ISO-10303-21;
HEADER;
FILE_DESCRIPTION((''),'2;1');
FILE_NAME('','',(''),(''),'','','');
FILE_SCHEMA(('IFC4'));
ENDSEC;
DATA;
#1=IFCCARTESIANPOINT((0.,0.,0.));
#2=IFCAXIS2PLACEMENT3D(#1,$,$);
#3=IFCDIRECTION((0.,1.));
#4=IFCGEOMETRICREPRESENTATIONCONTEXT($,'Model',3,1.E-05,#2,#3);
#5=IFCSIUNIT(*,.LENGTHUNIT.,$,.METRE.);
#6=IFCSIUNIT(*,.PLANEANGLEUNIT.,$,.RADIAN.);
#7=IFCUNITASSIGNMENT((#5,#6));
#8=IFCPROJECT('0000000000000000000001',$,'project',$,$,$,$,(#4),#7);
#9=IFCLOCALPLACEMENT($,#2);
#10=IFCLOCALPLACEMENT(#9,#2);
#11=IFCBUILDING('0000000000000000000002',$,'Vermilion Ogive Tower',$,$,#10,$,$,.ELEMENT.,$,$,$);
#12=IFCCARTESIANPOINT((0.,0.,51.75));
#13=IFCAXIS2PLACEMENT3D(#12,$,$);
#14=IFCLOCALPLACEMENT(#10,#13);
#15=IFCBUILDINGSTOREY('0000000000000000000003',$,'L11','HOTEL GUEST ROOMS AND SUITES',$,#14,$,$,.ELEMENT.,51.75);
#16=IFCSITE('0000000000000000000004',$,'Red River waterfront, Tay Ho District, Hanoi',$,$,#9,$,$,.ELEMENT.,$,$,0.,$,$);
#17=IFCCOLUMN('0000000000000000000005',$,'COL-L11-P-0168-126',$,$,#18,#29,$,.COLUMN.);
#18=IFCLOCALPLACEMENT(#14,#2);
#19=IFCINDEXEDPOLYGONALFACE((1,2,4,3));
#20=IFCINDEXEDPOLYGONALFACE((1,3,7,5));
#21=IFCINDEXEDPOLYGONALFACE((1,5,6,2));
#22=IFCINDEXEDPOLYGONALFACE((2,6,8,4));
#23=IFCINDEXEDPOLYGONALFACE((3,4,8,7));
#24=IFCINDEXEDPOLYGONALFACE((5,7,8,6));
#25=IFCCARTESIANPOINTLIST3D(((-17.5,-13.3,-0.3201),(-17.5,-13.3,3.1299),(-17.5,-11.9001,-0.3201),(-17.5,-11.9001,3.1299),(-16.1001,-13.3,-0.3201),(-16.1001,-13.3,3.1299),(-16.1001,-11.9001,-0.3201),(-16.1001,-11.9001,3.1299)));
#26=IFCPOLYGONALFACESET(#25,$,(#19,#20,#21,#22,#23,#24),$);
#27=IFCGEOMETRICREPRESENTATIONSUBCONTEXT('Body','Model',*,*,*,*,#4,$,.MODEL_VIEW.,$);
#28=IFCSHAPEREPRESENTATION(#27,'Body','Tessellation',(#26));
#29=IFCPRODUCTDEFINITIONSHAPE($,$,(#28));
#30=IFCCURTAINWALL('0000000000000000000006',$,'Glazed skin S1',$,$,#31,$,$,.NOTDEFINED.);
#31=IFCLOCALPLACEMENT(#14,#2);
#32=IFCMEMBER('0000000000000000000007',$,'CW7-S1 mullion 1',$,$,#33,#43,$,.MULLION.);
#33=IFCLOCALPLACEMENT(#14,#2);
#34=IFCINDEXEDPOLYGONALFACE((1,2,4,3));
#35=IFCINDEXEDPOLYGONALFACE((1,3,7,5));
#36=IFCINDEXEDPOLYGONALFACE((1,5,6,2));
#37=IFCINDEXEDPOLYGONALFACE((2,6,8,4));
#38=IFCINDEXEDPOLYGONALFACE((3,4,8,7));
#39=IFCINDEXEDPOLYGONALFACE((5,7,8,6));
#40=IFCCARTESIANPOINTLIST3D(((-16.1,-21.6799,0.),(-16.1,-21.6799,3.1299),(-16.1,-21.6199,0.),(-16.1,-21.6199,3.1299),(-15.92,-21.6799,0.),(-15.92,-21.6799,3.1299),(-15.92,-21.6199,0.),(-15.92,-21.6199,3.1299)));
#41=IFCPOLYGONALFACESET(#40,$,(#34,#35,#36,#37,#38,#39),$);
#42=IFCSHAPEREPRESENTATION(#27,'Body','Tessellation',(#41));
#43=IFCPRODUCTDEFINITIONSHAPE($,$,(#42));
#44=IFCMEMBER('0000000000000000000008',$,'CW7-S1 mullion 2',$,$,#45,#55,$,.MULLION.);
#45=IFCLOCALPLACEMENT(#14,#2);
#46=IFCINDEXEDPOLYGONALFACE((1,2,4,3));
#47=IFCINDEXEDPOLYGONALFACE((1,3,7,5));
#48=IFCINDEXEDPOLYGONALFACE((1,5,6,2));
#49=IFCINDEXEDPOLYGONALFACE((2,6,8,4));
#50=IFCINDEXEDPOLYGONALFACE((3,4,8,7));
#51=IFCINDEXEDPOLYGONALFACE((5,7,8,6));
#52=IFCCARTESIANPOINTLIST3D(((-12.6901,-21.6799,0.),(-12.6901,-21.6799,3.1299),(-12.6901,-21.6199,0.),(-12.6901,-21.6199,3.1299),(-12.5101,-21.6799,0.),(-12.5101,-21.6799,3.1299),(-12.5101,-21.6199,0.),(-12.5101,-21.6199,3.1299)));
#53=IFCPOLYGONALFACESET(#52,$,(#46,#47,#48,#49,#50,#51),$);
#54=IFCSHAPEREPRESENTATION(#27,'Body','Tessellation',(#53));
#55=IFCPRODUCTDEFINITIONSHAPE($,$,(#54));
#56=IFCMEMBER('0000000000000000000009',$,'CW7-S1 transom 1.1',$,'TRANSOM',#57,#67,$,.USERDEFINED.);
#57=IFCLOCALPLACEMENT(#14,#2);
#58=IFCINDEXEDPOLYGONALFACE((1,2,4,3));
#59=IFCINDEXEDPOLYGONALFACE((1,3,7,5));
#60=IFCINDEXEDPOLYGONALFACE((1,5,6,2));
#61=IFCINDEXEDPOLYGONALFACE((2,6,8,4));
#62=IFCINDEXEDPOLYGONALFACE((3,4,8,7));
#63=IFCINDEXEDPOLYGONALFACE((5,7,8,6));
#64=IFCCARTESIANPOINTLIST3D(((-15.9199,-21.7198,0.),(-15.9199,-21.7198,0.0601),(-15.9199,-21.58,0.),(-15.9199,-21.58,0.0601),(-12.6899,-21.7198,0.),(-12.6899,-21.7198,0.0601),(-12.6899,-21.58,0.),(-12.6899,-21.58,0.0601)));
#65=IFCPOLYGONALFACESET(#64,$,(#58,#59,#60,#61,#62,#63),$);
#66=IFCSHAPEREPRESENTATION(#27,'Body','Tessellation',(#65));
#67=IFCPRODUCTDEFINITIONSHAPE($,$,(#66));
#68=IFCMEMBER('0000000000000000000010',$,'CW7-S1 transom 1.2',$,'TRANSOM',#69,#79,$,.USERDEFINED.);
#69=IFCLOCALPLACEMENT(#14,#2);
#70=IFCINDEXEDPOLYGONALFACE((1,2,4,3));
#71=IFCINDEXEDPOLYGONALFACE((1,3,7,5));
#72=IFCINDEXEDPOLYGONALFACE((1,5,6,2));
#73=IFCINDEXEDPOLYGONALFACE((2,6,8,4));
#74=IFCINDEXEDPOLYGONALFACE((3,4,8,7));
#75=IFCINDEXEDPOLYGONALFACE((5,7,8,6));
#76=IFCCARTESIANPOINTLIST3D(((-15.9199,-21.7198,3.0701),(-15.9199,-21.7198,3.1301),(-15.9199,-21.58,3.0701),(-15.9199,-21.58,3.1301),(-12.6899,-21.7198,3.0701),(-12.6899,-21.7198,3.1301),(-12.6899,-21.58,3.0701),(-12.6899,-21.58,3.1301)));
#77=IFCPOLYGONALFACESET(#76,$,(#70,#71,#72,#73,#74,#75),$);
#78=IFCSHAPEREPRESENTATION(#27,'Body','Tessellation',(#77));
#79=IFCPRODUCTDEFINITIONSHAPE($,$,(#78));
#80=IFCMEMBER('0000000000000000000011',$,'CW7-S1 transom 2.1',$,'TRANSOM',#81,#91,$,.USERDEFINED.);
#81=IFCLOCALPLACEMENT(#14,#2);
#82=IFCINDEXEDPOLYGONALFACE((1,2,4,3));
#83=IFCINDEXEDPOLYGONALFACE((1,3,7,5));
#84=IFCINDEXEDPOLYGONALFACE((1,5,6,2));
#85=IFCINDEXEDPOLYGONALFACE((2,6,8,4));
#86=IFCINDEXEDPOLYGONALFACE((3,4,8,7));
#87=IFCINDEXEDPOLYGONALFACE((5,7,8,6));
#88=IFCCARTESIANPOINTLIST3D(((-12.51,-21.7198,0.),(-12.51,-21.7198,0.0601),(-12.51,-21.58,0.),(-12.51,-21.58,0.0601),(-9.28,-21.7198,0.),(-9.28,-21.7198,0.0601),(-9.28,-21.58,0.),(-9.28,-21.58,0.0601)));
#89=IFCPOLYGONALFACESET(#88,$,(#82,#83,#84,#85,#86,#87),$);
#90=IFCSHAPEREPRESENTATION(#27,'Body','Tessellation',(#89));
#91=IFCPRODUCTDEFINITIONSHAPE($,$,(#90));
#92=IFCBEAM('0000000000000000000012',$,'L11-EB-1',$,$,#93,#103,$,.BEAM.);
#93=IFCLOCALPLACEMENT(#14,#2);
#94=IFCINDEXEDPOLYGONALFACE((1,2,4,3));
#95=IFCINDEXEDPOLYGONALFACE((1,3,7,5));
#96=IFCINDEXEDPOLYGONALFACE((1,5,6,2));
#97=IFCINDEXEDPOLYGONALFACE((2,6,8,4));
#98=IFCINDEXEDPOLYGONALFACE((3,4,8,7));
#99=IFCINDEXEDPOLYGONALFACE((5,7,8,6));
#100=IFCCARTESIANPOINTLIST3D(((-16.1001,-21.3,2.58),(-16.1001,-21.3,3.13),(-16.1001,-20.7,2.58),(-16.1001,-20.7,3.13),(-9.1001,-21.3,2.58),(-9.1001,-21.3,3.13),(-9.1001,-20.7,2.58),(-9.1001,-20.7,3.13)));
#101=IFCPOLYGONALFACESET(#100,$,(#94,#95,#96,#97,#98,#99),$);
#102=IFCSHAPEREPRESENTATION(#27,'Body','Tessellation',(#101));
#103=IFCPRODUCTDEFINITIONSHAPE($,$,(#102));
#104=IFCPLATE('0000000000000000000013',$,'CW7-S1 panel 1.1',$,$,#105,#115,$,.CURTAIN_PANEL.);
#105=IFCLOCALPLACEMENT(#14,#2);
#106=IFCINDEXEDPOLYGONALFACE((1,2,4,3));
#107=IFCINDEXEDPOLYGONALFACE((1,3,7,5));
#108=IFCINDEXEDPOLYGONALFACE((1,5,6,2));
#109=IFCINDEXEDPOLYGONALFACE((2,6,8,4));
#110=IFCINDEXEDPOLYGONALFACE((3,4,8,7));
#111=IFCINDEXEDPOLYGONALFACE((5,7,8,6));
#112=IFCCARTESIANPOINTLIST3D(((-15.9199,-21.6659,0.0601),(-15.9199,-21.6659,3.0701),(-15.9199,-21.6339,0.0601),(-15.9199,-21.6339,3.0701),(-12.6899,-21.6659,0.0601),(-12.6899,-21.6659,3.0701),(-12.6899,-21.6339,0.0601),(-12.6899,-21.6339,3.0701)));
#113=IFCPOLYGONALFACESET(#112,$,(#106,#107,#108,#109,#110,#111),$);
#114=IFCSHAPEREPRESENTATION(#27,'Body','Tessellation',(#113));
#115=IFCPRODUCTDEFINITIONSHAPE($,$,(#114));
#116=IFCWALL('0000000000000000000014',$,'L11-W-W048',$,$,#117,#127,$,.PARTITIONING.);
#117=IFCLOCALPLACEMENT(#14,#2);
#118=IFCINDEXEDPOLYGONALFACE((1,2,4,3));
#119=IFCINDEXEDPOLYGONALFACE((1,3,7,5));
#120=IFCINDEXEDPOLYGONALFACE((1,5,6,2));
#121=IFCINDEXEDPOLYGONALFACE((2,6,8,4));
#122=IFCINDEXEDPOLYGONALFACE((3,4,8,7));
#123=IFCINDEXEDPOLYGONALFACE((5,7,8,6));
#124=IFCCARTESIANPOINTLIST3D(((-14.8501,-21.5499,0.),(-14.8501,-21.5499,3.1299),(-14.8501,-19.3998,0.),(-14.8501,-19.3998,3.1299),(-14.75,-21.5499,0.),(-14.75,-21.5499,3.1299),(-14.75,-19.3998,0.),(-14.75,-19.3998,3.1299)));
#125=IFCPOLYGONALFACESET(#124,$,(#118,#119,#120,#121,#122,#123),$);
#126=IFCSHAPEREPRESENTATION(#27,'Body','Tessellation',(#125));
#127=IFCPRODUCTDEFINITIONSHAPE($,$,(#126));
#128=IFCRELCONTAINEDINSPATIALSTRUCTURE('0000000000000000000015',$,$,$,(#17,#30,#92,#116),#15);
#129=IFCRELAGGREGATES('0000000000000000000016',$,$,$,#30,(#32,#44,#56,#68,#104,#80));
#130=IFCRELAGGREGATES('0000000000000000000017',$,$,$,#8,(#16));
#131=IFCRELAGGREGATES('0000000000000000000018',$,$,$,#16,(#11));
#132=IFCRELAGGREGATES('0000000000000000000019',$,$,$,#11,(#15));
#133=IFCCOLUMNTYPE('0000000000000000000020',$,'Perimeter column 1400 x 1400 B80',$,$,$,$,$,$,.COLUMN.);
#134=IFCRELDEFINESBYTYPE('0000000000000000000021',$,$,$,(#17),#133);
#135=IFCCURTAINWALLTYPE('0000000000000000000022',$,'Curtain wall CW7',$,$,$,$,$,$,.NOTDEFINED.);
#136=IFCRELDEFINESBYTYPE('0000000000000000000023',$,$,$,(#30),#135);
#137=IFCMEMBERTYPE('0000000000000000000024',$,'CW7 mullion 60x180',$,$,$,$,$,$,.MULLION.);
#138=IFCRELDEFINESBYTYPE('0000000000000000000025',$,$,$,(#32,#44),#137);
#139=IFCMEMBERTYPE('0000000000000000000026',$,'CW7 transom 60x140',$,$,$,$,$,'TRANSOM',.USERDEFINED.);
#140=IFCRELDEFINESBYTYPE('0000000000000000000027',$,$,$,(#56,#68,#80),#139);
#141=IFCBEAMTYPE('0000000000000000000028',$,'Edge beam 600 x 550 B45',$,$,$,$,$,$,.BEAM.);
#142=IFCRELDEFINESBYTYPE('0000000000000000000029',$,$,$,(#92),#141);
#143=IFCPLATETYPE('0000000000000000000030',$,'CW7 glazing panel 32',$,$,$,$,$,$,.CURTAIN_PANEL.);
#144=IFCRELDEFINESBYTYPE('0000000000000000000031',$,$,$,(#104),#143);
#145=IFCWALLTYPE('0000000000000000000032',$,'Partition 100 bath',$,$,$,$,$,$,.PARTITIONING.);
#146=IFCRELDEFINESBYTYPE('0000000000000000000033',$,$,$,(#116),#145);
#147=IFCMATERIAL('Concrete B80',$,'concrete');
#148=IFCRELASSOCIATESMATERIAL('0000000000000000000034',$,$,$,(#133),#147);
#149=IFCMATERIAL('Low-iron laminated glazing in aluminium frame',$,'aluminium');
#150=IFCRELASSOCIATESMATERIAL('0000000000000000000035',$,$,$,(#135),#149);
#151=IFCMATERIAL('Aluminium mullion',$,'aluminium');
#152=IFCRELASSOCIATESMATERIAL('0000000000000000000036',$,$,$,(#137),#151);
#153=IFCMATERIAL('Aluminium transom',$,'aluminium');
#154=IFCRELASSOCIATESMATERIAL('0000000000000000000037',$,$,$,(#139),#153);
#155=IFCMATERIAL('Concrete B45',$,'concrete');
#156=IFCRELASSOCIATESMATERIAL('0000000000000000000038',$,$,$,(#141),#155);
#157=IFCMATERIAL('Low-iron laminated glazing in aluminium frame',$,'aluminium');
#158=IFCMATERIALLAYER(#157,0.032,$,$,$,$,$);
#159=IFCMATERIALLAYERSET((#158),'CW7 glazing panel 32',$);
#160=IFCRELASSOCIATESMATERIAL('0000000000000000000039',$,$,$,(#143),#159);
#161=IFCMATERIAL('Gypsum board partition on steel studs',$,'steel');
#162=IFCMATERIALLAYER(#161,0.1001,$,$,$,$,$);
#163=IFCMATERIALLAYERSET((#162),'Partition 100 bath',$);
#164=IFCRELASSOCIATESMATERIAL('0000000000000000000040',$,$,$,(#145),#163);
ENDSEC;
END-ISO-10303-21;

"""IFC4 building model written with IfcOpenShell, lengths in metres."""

from ifc_helpers import new_model, si_unit, direction, frame, frame_2d, origin, origin_2d, place, context, subcontext, project, spatial, rectangle, extrude, material, layer, layer_set, material_profile, profile_set, type_object, element, aggregate, save


model = new_model("IFC4")

# Units and contexts
model_context = context("Model", 3, precision=1e-05, world=origin(), true_north=direction((0.0, 1.0)))
body_context = subcontext(model_context, "Body", "Model", "MODEL_VIEW")
ifc_project = project(units=[si_unit("LENGTHUNIT", "METRE"), si_unit("PLANEANGLEUNIT", "RADIAN")], contexts=[model_context])

# Site, building, storey
site_placement = place(None, origin())
site = spatial("IfcSite", under=ifc_project, at=site_placement, Name="Red River waterfront, Tay Ho District, Hanoi", CompositionType="ELEMENT", RefElevation=0.0)
building_placement = place(site_placement, origin())
building = spatial("IfcBuilding", under=site, at=building_placement, Name="Vermilion Ogive Tower", CompositionType="ELEMENT")
storey_placement = place(building_placement, frame((0.0, 0.0, 51.75)))
storey = spatial("IfcBuildingStorey", under=building, at=storey_placement, Name="L11", Description="HOTEL GUEST ROOMS AND SUITES", CompositionType="ELEMENT", Elevation=51.75)

# Column
ifc_material_1 = material(Name="Concrete B80", Category="concrete")
ifc_material_profile_1 = material_profile(ifc_material_1, rectangle(XDim=1.3999, YDim=1.3999, at=origin_2d()), Name="1400 x 1400")
ifc_profile_set_1 = profile_set([ifc_material_profile_1], Name="Concrete B80")
column_type = type_object("IfcColumnType", Name="Perimeter column 1400 x 1400 B80", PredefinedType="COLUMN", material=ifc_profile_set_1)
column_placement = place(storey_placement, frame((-16.8, -12.6001, -0.3201), z_axis=(0.0, 0.0, 1.0), x_axis=(1.0, 0.0, 0.0)))
element("IfcColumn", 1, at=column_placement, inside=storey, type_object=column_type, Name="COL-L11-P-0168-126", PredefinedType="COLUMN", context=body_context, shape_type="SweptSolid", body=[
    extrude(rectangle(XDim=1.3999, YDim=1.3999, at=origin_2d()), origin(), (0.0, 0.0, 1.0), 3.45),
])

# Curtain wall, members
ifc_material_2 = material(Name="Low-iron laminated glazing in aluminium frame", Category="aluminium")
curtain_wall_type = type_object("IfcCurtainWallType", Name="Curtain wall CW7", PredefinedType="NOTDEFINED", material=ifc_material_2)
curtain_wall_placement = place(storey_placement, origin())
curtain_wall = element("IfcCurtainWall", 2, at=curtain_wall_placement, inside=storey, type_object=curtain_wall_type, Name="Glazed skin S1", PredefinedType="NOTDEFINED")
ifc_material_3 = material(Name="Aluminium mullion", Category="aluminium")
ifc_material_profile_2 = material_profile(ifc_material_3, rectangle(XDim=0.0601, YDim=0.1799, at=origin_2d()), Name="AL 60x180")
ifc_profile_set_2 = profile_set([ifc_material_profile_2], Name="Aluminium mullion")
member_type_1 = type_object("IfcMemberType", Name="CW7 mullion 60x180", PredefinedType="MULLION", material=ifc_profile_set_2)
member_1_placement = place(storey_placement, frame((-16.01, -21.6499, 0.0), z_axis=(0.0, 0.0, 1.0), x_axis=(0.0, 1.0, 0.0)))
member_1 = element("IfcMember", 3, at=member_1_placement, type_object=member_type_1, Name="CW7-S1 mullion 1", PredefinedType="MULLION", context=body_context, shape_type="SweptSolid", body=[
    extrude(rectangle(XDim=0.0601, YDim=0.1799, at=origin_2d()), origin(), (0.0, 0.0, 1.0), 3.1299),
])
member_2_placement = place(storey_placement, frame((-12.6001, -21.6499, 0.0), z_axis=(0.0, 0.0, 1.0), x_axis=(0.0, 1.0, 0.0)))
member_2 = element("IfcMember", 4, at=member_2_placement, type_object=member_type_1, Name="CW7-S1 mullion 2", PredefinedType="MULLION", context=body_context, shape_type="SweptSolid", body=[
    extrude(rectangle(XDim=0.0601, YDim=0.1799, at=origin_2d()), origin(), (0.0, 0.0, 1.0), 3.1299),
])
ifc_material_4 = material(Name="Aluminium transom", Category="aluminium")
ifc_material_profile_3 = material_profile(ifc_material_4, rectangle(XDim=0.1399, YDim=0.0601, at=origin_2d()), Name="AL 60x140")
ifc_profile_set_3 = profile_set([ifc_material_profile_3], Name="Aluminium transom")
member_type_2 = type_object("IfcMemberType", Name="CW7 transom 60x140", ElementType="TRANSOM", PredefinedType="USERDEFINED", material=ifc_profile_set_3)
member_3_placement = place(storey_placement, frame((-15.9199, -21.6499, 0.03), z_axis=(1.0, 0.0, 0.0), x_axis=(0.0, 1.0, 0.0)))
member_3 = element("IfcMember", 5, at=member_3_placement, type_object=member_type_2, Name="CW7-S1 transom 1.1", ObjectType="TRANSOM", PredefinedType="USERDEFINED", context=body_context, shape_type="SweptSolid", body=[
    extrude(rectangle(XDim=0.1399, YDim=0.0601, at=origin_2d()), origin(), (0.0, 0.0, 1.0), 3.23),
])
member_4_placement = place(storey_placement, frame((-15.9199, -21.6499, 3.1001), z_axis=(1.0, 0.0, 0.0), x_axis=(0.0, 1.0, 0.0)))
member_4 = element("IfcMember", 6, at=member_4_placement, type_object=member_type_2, Name="CW7-S1 transom 1.2", ObjectType="TRANSOM", PredefinedType="USERDEFINED", context=body_context, shape_type="SweptSolid", body=[
    extrude(rectangle(XDim=0.1399, YDim=0.0601, at=origin_2d()), origin(), (0.0, 0.0, 1.0), 3.23),
])
member_5_placement = place(storey_placement, frame((-12.51, -21.6499, 0.03), z_axis=(1.0, 0.0, 0.0), x_axis=(0.0, 1.0, 0.0)))
member_5 = element("IfcMember", 7, at=member_5_placement, type_object=member_type_2, Name="CW7-S1 transom 2.1", ObjectType="TRANSOM", PredefinedType="USERDEFINED", context=body_context, shape_type="SweptSolid", body=[
    extrude(rectangle(XDim=0.1399, YDim=0.0601, at=origin_2d()), origin(), (0.0, 0.0, 1.0), 3.23),
])

# Beam
ifc_material_5 = material(Name="Concrete B45", Category="concrete")
ifc_material_profile_4 = material_profile(ifc_material_5, rectangle(XDim=0.6001, YDim=0.55, at=origin_2d()), Name="600 x 550")
ifc_profile_set_4 = profile_set([ifc_material_profile_4], Name="Concrete B45")
beam_type = type_object("IfcBeamType", Name="Edge beam 600 x 550 B45", PredefinedType="BEAM", material=ifc_profile_set_4)
beam_placement = place(storey_placement, frame((-16.1001, -21.0, 2.855), z_axis=(1.0, 0.0, 0.0), x_axis=(0.0, 1.0, 0.0)))
element("IfcBeam", 8, at=beam_placement, inside=storey, type_object=beam_type, Name="L11-EB-1", PredefinedType="BEAM", context=body_context, shape_type="SweptSolid", body=[
    extrude(rectangle(XDim=0.6001, YDim=0.55, at=origin_2d()), origin(), (0.0, 0.0, 1.0), 7.0),
])

# Plate
ifc_material_6 = material(Name="Low-iron laminated glazing in aluminium frame", Category="aluminium")
ifc_layer_1 = layer(ifc_material_6, 0.032)
ifc_layer_set_1 = layer_set([ifc_layer_1], Name="CW7 glazing panel 32")
plate_type = type_object("IfcPlateType", Name="CW7 glazing panel 32", PredefinedType="CURTAIN_PANEL", material=ifc_layer_set_1)
plate_placement = place(storey_placement, frame((-14.3049, -21.6499, 0.0601), z_axis=(0.0, 0.0, 1.0), x_axis=(1.0, 0.0, 0.0)))
plate = element("IfcPlate", 9, at=plate_placement, type_object=plate_type, Name="CW7-S1 panel 1.1", PredefinedType="CURTAIN_PANEL", context=body_context, shape_type="SweptSolid", body=[
    extrude(rectangle(XDim=3.23, YDim=0.032, at=origin_2d()), origin(), (0.0, 0.0, 1.0), 3.01),
])
aggregate(curtain_wall, [member_1, member_2, member_3, member_4, plate, member_5])

# Wall
ifc_material_7 = material(Name="Gypsum board partition on steel studs", Category="steel")
ifc_layer_2 = layer(ifc_material_7, 0.1001)
ifc_layer_set_2 = layer_set([ifc_layer_2], Name="Partition 100 bath")
wall_type_1 = type_object("IfcWallType", Name="Partition 100 bath", PredefinedType="PARTITIONING", material=ifc_layer_set_2)
wall_1_placement = place(storey_placement, frame((-14.8, -21.55, 0.0), z_axis=(0.0, 0.0, 1.0), x_axis=(0.0, 1.0, 0.0)))
element("IfcWall", 10, at=wall_1_placement, inside=storey, type_object=wall_type_1, Name="L11-W-W048", PredefinedType="PARTITIONING", context=body_context, shape_type="SweptSolid", body=[
    extrude(rectangle(XDim=2.1501, YDim=0.1001, at=frame_2d((1.0752, 0.0))), origin(), (0.0, 0.0, 1.0), 3.1299),
])

save(model, "model.ifc")
